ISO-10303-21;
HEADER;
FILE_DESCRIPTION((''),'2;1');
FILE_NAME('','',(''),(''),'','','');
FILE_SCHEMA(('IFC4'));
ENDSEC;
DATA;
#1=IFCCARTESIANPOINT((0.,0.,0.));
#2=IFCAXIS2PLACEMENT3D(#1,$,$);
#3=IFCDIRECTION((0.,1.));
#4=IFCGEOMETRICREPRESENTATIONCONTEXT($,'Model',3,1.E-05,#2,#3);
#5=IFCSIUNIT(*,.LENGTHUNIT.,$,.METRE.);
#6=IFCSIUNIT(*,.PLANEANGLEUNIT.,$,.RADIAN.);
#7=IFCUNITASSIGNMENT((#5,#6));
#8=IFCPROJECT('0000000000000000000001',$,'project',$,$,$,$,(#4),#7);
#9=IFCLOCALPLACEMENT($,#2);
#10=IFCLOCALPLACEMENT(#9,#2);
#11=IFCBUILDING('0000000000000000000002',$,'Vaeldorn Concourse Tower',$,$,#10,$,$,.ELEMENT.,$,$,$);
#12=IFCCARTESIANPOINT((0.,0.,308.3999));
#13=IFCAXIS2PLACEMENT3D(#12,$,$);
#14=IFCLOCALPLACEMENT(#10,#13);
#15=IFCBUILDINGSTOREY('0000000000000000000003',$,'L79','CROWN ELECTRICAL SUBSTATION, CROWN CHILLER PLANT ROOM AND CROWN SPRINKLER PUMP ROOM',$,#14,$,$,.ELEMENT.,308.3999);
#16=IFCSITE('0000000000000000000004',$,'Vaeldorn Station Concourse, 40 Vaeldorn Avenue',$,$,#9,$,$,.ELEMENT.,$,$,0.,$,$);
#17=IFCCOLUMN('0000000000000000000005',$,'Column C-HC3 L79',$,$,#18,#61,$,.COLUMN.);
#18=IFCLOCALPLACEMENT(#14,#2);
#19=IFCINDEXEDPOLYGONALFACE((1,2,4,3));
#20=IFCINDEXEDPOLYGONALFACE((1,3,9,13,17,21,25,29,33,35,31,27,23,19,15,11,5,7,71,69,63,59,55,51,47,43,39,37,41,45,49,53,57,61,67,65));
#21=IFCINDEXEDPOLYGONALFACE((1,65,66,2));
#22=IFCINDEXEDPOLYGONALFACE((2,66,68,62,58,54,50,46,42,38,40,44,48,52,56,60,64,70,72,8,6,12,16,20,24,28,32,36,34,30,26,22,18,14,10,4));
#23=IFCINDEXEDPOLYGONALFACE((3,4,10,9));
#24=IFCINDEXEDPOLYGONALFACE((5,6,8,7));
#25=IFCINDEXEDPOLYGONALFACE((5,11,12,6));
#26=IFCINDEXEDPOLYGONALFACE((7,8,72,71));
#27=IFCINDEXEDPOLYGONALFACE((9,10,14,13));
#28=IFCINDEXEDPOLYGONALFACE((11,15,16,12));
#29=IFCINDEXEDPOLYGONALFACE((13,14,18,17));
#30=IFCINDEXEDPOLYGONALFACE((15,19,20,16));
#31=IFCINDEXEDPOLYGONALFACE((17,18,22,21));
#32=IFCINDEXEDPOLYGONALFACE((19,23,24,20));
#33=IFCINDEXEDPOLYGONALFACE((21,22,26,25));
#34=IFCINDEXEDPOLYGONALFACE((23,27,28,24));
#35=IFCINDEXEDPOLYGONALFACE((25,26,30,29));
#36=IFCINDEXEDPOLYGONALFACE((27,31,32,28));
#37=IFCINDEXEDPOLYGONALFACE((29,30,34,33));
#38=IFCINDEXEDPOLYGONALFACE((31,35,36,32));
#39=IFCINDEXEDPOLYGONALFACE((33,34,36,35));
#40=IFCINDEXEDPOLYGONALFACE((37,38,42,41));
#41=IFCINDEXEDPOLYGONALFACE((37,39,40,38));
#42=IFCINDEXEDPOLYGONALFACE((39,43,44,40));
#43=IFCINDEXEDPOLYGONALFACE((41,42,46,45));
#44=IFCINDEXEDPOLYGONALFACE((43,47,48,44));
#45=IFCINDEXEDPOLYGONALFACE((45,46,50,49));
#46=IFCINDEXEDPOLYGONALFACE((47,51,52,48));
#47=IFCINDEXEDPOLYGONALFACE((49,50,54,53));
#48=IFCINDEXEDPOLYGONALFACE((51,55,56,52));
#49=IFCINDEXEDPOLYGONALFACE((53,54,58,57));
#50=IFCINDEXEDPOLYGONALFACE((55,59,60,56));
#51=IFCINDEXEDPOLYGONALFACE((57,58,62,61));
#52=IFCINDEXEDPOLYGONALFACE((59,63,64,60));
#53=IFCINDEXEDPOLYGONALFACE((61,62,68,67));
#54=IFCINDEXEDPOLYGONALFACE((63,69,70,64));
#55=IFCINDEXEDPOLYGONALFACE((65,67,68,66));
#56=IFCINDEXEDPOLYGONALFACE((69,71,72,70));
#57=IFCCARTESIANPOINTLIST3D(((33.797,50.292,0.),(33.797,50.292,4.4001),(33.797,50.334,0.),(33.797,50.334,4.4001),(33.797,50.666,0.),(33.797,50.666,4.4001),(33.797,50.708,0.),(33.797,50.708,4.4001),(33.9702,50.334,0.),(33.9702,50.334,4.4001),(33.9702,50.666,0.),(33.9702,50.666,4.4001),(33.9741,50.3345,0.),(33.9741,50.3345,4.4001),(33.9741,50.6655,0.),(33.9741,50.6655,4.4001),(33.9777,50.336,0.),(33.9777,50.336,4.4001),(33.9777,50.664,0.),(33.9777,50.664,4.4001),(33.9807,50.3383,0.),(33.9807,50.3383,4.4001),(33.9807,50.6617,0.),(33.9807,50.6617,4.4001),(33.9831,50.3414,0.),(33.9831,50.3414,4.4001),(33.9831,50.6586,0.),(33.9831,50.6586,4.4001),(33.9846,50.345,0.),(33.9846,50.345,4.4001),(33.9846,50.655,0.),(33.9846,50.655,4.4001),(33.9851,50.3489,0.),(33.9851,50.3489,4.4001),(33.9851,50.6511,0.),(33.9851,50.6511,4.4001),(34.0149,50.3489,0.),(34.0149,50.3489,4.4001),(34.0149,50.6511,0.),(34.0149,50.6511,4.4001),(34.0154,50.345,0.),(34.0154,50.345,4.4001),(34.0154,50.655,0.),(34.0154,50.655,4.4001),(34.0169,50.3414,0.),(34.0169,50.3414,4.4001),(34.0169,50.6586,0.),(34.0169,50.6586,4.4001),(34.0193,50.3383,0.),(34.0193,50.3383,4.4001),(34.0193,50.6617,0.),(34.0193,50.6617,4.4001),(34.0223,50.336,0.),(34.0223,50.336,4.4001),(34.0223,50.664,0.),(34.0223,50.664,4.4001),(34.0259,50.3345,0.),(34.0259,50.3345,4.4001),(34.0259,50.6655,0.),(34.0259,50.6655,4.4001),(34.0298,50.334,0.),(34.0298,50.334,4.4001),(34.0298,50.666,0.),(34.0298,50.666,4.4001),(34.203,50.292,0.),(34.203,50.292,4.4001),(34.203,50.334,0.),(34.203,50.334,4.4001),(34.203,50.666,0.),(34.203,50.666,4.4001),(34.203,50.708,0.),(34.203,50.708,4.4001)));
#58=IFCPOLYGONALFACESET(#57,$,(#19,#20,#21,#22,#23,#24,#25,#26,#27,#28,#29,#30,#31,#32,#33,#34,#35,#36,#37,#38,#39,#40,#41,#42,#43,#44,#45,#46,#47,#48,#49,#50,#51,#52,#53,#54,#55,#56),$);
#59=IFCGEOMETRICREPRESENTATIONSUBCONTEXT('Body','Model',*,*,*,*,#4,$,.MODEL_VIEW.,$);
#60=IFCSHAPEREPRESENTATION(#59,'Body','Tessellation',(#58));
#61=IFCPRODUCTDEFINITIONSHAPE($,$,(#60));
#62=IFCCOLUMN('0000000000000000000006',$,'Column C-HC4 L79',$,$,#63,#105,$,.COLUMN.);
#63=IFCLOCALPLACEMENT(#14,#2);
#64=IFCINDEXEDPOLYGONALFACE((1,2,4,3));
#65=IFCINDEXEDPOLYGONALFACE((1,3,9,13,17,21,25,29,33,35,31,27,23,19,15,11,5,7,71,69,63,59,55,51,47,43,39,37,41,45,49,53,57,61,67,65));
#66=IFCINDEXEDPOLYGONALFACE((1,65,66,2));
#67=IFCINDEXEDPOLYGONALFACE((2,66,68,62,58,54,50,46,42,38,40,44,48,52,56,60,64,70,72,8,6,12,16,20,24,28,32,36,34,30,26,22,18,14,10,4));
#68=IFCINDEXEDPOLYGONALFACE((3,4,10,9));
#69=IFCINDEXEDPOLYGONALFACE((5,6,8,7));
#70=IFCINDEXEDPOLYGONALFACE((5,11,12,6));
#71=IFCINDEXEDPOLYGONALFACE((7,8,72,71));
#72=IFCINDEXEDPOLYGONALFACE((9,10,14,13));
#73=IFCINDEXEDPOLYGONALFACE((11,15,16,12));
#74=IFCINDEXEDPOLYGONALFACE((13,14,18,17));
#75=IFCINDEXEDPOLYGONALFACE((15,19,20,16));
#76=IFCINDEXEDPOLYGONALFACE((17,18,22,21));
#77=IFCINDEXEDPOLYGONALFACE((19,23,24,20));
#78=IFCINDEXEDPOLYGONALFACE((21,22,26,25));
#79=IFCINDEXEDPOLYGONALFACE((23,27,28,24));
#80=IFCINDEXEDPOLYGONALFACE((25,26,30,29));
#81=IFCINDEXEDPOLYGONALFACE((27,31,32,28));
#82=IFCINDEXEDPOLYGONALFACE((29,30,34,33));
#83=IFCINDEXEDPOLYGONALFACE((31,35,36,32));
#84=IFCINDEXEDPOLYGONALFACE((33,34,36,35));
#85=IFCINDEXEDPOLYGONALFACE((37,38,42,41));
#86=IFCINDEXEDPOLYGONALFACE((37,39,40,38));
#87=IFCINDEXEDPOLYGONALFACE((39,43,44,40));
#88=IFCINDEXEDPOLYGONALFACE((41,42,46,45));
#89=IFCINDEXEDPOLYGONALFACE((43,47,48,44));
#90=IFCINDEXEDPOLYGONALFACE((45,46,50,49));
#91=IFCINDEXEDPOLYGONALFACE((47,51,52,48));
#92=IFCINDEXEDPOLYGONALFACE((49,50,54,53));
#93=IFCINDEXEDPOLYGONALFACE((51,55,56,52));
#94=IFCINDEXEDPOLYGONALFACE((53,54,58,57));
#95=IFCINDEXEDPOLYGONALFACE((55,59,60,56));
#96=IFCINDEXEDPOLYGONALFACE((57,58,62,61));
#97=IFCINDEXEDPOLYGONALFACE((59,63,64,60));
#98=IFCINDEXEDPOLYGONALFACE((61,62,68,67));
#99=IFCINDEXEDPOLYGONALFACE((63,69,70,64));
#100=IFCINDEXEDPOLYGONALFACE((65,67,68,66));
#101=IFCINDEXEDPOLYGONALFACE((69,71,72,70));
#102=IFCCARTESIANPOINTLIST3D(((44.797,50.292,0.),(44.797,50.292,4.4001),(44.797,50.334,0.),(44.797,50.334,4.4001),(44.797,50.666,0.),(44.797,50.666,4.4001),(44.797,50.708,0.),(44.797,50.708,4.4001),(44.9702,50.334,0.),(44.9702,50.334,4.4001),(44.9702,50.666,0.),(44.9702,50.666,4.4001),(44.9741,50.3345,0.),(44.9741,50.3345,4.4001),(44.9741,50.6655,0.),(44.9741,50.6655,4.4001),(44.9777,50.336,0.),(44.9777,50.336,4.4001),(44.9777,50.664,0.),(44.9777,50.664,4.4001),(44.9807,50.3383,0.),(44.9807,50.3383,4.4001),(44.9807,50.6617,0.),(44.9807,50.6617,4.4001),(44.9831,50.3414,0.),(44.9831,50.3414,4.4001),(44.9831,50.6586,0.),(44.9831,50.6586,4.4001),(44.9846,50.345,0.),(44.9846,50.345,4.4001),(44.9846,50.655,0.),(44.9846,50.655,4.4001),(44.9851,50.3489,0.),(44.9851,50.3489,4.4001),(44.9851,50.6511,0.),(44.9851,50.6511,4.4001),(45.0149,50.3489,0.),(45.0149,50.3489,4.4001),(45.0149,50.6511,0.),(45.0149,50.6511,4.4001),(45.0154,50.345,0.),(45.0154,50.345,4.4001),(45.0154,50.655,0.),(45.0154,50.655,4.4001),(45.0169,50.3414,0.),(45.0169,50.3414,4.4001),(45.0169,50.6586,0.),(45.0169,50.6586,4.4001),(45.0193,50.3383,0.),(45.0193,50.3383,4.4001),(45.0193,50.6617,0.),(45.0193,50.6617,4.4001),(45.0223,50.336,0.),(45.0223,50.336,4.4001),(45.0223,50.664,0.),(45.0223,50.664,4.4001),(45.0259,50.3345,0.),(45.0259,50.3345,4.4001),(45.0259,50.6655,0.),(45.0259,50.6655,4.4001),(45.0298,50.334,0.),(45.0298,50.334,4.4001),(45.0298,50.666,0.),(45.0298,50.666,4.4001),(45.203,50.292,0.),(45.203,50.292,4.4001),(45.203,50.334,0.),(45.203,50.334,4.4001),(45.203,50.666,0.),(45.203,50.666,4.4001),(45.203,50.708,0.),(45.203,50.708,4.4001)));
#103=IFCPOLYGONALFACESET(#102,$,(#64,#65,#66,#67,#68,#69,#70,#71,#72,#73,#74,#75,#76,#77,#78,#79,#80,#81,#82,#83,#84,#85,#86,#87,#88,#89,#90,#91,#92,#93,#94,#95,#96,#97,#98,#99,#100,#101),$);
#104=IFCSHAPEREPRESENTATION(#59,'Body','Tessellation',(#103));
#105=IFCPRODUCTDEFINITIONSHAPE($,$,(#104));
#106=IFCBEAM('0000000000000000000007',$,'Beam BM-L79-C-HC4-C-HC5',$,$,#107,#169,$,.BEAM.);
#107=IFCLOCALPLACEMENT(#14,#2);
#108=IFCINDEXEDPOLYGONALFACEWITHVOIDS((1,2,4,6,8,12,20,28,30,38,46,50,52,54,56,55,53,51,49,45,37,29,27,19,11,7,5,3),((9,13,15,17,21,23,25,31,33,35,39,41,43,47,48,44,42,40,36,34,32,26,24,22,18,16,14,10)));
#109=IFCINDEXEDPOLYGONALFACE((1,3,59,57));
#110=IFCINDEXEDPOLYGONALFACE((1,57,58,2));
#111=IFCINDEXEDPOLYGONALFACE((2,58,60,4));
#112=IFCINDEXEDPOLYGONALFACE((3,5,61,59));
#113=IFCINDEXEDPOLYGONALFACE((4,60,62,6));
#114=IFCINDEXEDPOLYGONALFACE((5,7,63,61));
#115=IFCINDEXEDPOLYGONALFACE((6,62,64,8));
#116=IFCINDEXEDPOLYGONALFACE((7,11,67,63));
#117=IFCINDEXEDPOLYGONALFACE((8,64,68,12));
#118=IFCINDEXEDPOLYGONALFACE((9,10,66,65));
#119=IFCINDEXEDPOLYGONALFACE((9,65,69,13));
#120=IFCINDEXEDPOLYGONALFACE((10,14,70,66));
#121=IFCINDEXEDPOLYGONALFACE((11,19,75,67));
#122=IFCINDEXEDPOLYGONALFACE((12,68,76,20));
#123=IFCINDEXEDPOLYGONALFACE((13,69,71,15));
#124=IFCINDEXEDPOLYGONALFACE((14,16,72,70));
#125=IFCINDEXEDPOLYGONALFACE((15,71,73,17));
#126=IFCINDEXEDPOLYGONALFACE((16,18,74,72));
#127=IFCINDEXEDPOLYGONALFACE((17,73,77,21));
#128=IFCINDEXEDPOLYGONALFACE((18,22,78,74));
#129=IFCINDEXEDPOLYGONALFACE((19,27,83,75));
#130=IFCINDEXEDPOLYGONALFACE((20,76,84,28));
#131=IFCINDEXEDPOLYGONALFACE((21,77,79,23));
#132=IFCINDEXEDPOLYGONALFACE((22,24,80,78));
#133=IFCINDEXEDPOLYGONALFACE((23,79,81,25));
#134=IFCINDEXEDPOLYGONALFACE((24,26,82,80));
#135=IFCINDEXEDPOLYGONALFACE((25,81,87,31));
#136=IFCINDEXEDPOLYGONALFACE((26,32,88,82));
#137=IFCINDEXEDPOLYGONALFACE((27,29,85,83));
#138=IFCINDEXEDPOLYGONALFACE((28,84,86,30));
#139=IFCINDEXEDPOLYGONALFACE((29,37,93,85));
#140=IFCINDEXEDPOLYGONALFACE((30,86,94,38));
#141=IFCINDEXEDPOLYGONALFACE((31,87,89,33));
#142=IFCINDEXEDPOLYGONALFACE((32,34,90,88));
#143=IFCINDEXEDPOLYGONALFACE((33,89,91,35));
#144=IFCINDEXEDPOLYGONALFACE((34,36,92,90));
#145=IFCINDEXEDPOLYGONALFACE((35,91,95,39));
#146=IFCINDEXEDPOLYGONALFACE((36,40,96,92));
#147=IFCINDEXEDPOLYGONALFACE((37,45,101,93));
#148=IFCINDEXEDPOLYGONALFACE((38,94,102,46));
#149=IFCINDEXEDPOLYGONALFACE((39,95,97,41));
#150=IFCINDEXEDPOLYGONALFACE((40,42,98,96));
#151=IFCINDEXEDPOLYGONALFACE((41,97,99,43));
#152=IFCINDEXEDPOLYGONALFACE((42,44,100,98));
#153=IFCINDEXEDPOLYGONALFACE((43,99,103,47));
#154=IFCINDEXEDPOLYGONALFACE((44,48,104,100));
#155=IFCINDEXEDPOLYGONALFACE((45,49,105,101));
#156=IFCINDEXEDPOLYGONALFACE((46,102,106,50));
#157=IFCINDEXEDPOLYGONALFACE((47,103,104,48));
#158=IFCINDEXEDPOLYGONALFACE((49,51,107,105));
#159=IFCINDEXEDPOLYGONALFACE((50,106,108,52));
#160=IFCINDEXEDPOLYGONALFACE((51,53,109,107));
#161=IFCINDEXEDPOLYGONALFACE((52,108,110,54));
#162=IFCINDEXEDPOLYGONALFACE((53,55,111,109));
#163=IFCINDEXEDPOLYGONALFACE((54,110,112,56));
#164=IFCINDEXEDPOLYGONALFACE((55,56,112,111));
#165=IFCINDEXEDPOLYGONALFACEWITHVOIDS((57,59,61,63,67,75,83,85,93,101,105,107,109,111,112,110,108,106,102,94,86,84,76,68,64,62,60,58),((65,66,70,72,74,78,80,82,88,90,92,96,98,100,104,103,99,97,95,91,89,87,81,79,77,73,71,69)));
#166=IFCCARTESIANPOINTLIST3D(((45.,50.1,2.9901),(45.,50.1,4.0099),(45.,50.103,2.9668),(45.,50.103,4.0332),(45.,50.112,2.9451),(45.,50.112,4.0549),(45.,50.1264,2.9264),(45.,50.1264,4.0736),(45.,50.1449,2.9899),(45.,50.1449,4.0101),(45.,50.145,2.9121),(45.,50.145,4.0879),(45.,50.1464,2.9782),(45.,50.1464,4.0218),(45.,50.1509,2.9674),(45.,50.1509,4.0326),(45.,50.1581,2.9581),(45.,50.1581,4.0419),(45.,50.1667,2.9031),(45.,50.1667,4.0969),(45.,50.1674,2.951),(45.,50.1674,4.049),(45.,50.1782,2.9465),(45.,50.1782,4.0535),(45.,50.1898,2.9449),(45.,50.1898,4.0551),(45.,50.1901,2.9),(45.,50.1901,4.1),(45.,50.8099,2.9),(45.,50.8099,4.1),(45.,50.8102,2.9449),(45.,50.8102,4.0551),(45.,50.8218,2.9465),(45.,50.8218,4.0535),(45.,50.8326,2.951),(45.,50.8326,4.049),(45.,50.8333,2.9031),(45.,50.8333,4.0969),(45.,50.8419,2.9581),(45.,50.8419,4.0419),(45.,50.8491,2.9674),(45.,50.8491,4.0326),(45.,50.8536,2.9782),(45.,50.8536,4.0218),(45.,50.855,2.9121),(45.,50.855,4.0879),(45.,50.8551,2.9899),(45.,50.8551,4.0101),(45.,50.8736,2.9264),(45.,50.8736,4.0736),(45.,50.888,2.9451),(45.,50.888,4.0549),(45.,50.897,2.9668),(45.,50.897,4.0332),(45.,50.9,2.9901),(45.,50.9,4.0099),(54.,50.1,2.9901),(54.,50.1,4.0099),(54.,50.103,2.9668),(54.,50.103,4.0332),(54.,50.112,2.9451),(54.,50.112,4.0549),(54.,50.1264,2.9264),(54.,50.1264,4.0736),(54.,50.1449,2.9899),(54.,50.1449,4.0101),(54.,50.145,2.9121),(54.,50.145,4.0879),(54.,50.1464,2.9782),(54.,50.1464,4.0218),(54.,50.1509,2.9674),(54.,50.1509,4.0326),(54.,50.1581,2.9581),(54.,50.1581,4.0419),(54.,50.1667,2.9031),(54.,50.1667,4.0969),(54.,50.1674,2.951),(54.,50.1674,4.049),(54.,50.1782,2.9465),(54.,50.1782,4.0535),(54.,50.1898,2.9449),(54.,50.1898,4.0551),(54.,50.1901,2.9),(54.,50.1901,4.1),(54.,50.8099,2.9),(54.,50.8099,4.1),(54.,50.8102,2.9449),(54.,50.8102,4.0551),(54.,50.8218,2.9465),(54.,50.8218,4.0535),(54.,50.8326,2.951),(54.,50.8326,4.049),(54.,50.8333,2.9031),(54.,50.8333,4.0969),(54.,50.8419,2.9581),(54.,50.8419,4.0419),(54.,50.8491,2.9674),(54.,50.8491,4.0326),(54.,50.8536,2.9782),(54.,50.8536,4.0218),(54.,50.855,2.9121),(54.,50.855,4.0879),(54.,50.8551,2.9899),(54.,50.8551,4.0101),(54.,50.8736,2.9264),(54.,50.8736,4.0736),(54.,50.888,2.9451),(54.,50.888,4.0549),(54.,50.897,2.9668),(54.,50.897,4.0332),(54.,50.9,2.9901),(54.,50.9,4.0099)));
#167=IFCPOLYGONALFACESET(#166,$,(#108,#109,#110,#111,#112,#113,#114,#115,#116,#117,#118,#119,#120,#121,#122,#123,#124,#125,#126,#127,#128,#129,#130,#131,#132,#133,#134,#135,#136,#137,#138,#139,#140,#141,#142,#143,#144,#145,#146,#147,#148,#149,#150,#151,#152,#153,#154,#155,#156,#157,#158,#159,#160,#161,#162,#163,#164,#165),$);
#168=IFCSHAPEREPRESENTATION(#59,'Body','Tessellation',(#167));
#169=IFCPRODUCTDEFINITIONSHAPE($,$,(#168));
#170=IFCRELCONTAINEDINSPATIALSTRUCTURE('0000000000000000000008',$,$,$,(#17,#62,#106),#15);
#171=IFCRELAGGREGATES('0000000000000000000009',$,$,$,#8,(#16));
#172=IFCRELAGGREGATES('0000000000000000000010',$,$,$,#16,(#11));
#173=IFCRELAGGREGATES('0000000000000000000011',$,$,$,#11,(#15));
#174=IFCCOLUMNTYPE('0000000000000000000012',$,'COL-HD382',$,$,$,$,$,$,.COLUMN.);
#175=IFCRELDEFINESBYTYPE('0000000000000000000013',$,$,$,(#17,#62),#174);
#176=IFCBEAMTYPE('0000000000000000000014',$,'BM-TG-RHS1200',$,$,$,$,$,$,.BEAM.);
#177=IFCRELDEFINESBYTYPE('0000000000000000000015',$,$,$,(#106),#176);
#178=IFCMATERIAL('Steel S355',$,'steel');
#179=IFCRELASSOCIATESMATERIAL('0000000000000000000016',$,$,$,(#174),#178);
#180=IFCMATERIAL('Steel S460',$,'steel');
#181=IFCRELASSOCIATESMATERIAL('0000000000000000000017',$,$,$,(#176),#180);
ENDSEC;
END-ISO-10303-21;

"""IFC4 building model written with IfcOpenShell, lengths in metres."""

from ifc_helpers import new_model, si_unit, direction, frame, origin, origin_2d, place, context, subcontext, project, spatial, hollow_rectangle, i_section, extrude, source, transform, mapped, material, material_profile, profile_set, type_object, element, save


model = new_model("IFC4")

# Units and contexts
model_context = context("Model", 3, precision=1e-05, world=origin(), true_north=direction((0.0, 1.0)))
body_context = subcontext(model_context, "Body", "Model", "MODEL_VIEW")
ifc_project = project(units=[si_unit("LENGTHUNIT", "METRE"), si_unit("PLANEANGLEUNIT", "RADIAN")], contexts=[model_context])

# Site, building, storey
site_placement = place(None, origin())
site = spatial("IfcSite", under=ifc_project, at=site_placement, Name="Vaeldorn Station Concourse, 40 Vaeldorn Avenue", CompositionType="ELEMENT", RefElevation=0.0)
building_placement = place(site_placement, origin())
building = spatial("IfcBuilding", under=site, at=building_placement, Name="Vaeldorn Concourse Tower", CompositionType="ELEMENT")
storey_placement = place(building_placement, frame((0.0, 0.0, 308.3999)))
storey = spatial("IfcBuildingStorey", under=building, at=storey_placement, Name="L79", Description="CROWN ELECTRICAL SUBSTATION, CROWN CHILLER PLANT ROOM AND CROWN SPRINKLER PUMP ROOM", CompositionType="ELEMENT", Elevation=308.3999)

# Columns
ifc_material_1 = material(Name="Steel S355", Category="steel")
ifc_material_profile_1 = material_profile(ifc_material_1, i_section(OverallWidth=0.406, OverallDepth=0.416, WebThickness=0.0298, FlangeThickness=0.042, FilletRadius=0.0149, at=origin_2d()), Name="HD 400x382")
ifc_profile_set_1 = profile_set([ifc_material_profile_1], Name="Steel S355")
column_type = type_object("IfcColumnType", Name="COL-HD382", PredefinedType="COLUMN", material=ifc_profile_set_1)
shared_shape_1 = source(origin(), body_context, "Body", "SweptSolid", [
    extrude(i_section(OverallWidth=0.406, OverallDepth=0.416, WebThickness=0.0298, FlangeThickness=0.042, FilletRadius=0.0149, at=origin_2d()), origin(), (0.0, 0.0, 1.0), 4.4001),
])
for number, where, z_axis, x_axis, name in (
    (1, (34.0, 50.5, 0.0), (0.0, 0.0, 1.0), (1.0, 0.0, 0.0), "Column C-HC3 L79"),
    (2, (45.0, 50.5, 0.0), (0.0, 0.0, 1.0), (1.0, 0.0, 0.0), "Column C-HC4 L79"),
):
    element("IfcColumn", number, at=place(storey_placement, frame(where, z_axis=z_axis, x_axis=x_axis)), inside=storey, type_object=column_type, Name=name, PredefinedType="COLUMN", context=body_context, shape_type="MappedRepresentation", body=[
        mapped(shared_shape_1, transform((0.0, 0.0, 0.0), scale=1.0)),
    ])

# Beam
ifc_material_2 = material(Name="Steel S460", Category="steel")
ifc_material_profile_2 = material_profile(ifc_material_2, hollow_rectangle(XDim=0.8, YDim=1.2, WallThickness=0.0449, InnerFilletRadius=0.0449, OuterFilletRadius=0.0901, at=origin_2d()), Name="RHS 1200x800x45")
ifc_profile_set_2 = profile_set([ifc_material_profile_2], Name="Steel S460")
beam_type = type_object("IfcBeamType", Name="BM-TG-RHS1200", PredefinedType="BEAM", material=ifc_profile_set_2)
shared_shape_2 = source(origin(), body_context, "Body", "SweptSolid", [
    extrude(hollow_rectangle(XDim=0.8, YDim=1.2, WallThickness=0.0449, InnerFilletRadius=0.0449, OuterFilletRadius=0.0901, at=origin_2d()), origin(), (0.0, 0.0, 1.0), 9.0),
])
beam_1_placement = place(storey_placement, frame((45.0, 50.5, 3.5), z_axis=(1.0, 0.0, 0.0), x_axis=(0.0, 1.0, 0.0)))
element("IfcBeam", 3, at=beam_1_placement, inside=storey, type_object=beam_type, Name="Beam BM-L79-C-HC4-C-HC5", PredefinedType="BEAM", context=body_context, shape_type="MappedRepresentation", body=[
    mapped(shared_shape_2, transform((0.0, 0.0, 0.0), scale=1.0)),
])

save(model, "model.ifc")
